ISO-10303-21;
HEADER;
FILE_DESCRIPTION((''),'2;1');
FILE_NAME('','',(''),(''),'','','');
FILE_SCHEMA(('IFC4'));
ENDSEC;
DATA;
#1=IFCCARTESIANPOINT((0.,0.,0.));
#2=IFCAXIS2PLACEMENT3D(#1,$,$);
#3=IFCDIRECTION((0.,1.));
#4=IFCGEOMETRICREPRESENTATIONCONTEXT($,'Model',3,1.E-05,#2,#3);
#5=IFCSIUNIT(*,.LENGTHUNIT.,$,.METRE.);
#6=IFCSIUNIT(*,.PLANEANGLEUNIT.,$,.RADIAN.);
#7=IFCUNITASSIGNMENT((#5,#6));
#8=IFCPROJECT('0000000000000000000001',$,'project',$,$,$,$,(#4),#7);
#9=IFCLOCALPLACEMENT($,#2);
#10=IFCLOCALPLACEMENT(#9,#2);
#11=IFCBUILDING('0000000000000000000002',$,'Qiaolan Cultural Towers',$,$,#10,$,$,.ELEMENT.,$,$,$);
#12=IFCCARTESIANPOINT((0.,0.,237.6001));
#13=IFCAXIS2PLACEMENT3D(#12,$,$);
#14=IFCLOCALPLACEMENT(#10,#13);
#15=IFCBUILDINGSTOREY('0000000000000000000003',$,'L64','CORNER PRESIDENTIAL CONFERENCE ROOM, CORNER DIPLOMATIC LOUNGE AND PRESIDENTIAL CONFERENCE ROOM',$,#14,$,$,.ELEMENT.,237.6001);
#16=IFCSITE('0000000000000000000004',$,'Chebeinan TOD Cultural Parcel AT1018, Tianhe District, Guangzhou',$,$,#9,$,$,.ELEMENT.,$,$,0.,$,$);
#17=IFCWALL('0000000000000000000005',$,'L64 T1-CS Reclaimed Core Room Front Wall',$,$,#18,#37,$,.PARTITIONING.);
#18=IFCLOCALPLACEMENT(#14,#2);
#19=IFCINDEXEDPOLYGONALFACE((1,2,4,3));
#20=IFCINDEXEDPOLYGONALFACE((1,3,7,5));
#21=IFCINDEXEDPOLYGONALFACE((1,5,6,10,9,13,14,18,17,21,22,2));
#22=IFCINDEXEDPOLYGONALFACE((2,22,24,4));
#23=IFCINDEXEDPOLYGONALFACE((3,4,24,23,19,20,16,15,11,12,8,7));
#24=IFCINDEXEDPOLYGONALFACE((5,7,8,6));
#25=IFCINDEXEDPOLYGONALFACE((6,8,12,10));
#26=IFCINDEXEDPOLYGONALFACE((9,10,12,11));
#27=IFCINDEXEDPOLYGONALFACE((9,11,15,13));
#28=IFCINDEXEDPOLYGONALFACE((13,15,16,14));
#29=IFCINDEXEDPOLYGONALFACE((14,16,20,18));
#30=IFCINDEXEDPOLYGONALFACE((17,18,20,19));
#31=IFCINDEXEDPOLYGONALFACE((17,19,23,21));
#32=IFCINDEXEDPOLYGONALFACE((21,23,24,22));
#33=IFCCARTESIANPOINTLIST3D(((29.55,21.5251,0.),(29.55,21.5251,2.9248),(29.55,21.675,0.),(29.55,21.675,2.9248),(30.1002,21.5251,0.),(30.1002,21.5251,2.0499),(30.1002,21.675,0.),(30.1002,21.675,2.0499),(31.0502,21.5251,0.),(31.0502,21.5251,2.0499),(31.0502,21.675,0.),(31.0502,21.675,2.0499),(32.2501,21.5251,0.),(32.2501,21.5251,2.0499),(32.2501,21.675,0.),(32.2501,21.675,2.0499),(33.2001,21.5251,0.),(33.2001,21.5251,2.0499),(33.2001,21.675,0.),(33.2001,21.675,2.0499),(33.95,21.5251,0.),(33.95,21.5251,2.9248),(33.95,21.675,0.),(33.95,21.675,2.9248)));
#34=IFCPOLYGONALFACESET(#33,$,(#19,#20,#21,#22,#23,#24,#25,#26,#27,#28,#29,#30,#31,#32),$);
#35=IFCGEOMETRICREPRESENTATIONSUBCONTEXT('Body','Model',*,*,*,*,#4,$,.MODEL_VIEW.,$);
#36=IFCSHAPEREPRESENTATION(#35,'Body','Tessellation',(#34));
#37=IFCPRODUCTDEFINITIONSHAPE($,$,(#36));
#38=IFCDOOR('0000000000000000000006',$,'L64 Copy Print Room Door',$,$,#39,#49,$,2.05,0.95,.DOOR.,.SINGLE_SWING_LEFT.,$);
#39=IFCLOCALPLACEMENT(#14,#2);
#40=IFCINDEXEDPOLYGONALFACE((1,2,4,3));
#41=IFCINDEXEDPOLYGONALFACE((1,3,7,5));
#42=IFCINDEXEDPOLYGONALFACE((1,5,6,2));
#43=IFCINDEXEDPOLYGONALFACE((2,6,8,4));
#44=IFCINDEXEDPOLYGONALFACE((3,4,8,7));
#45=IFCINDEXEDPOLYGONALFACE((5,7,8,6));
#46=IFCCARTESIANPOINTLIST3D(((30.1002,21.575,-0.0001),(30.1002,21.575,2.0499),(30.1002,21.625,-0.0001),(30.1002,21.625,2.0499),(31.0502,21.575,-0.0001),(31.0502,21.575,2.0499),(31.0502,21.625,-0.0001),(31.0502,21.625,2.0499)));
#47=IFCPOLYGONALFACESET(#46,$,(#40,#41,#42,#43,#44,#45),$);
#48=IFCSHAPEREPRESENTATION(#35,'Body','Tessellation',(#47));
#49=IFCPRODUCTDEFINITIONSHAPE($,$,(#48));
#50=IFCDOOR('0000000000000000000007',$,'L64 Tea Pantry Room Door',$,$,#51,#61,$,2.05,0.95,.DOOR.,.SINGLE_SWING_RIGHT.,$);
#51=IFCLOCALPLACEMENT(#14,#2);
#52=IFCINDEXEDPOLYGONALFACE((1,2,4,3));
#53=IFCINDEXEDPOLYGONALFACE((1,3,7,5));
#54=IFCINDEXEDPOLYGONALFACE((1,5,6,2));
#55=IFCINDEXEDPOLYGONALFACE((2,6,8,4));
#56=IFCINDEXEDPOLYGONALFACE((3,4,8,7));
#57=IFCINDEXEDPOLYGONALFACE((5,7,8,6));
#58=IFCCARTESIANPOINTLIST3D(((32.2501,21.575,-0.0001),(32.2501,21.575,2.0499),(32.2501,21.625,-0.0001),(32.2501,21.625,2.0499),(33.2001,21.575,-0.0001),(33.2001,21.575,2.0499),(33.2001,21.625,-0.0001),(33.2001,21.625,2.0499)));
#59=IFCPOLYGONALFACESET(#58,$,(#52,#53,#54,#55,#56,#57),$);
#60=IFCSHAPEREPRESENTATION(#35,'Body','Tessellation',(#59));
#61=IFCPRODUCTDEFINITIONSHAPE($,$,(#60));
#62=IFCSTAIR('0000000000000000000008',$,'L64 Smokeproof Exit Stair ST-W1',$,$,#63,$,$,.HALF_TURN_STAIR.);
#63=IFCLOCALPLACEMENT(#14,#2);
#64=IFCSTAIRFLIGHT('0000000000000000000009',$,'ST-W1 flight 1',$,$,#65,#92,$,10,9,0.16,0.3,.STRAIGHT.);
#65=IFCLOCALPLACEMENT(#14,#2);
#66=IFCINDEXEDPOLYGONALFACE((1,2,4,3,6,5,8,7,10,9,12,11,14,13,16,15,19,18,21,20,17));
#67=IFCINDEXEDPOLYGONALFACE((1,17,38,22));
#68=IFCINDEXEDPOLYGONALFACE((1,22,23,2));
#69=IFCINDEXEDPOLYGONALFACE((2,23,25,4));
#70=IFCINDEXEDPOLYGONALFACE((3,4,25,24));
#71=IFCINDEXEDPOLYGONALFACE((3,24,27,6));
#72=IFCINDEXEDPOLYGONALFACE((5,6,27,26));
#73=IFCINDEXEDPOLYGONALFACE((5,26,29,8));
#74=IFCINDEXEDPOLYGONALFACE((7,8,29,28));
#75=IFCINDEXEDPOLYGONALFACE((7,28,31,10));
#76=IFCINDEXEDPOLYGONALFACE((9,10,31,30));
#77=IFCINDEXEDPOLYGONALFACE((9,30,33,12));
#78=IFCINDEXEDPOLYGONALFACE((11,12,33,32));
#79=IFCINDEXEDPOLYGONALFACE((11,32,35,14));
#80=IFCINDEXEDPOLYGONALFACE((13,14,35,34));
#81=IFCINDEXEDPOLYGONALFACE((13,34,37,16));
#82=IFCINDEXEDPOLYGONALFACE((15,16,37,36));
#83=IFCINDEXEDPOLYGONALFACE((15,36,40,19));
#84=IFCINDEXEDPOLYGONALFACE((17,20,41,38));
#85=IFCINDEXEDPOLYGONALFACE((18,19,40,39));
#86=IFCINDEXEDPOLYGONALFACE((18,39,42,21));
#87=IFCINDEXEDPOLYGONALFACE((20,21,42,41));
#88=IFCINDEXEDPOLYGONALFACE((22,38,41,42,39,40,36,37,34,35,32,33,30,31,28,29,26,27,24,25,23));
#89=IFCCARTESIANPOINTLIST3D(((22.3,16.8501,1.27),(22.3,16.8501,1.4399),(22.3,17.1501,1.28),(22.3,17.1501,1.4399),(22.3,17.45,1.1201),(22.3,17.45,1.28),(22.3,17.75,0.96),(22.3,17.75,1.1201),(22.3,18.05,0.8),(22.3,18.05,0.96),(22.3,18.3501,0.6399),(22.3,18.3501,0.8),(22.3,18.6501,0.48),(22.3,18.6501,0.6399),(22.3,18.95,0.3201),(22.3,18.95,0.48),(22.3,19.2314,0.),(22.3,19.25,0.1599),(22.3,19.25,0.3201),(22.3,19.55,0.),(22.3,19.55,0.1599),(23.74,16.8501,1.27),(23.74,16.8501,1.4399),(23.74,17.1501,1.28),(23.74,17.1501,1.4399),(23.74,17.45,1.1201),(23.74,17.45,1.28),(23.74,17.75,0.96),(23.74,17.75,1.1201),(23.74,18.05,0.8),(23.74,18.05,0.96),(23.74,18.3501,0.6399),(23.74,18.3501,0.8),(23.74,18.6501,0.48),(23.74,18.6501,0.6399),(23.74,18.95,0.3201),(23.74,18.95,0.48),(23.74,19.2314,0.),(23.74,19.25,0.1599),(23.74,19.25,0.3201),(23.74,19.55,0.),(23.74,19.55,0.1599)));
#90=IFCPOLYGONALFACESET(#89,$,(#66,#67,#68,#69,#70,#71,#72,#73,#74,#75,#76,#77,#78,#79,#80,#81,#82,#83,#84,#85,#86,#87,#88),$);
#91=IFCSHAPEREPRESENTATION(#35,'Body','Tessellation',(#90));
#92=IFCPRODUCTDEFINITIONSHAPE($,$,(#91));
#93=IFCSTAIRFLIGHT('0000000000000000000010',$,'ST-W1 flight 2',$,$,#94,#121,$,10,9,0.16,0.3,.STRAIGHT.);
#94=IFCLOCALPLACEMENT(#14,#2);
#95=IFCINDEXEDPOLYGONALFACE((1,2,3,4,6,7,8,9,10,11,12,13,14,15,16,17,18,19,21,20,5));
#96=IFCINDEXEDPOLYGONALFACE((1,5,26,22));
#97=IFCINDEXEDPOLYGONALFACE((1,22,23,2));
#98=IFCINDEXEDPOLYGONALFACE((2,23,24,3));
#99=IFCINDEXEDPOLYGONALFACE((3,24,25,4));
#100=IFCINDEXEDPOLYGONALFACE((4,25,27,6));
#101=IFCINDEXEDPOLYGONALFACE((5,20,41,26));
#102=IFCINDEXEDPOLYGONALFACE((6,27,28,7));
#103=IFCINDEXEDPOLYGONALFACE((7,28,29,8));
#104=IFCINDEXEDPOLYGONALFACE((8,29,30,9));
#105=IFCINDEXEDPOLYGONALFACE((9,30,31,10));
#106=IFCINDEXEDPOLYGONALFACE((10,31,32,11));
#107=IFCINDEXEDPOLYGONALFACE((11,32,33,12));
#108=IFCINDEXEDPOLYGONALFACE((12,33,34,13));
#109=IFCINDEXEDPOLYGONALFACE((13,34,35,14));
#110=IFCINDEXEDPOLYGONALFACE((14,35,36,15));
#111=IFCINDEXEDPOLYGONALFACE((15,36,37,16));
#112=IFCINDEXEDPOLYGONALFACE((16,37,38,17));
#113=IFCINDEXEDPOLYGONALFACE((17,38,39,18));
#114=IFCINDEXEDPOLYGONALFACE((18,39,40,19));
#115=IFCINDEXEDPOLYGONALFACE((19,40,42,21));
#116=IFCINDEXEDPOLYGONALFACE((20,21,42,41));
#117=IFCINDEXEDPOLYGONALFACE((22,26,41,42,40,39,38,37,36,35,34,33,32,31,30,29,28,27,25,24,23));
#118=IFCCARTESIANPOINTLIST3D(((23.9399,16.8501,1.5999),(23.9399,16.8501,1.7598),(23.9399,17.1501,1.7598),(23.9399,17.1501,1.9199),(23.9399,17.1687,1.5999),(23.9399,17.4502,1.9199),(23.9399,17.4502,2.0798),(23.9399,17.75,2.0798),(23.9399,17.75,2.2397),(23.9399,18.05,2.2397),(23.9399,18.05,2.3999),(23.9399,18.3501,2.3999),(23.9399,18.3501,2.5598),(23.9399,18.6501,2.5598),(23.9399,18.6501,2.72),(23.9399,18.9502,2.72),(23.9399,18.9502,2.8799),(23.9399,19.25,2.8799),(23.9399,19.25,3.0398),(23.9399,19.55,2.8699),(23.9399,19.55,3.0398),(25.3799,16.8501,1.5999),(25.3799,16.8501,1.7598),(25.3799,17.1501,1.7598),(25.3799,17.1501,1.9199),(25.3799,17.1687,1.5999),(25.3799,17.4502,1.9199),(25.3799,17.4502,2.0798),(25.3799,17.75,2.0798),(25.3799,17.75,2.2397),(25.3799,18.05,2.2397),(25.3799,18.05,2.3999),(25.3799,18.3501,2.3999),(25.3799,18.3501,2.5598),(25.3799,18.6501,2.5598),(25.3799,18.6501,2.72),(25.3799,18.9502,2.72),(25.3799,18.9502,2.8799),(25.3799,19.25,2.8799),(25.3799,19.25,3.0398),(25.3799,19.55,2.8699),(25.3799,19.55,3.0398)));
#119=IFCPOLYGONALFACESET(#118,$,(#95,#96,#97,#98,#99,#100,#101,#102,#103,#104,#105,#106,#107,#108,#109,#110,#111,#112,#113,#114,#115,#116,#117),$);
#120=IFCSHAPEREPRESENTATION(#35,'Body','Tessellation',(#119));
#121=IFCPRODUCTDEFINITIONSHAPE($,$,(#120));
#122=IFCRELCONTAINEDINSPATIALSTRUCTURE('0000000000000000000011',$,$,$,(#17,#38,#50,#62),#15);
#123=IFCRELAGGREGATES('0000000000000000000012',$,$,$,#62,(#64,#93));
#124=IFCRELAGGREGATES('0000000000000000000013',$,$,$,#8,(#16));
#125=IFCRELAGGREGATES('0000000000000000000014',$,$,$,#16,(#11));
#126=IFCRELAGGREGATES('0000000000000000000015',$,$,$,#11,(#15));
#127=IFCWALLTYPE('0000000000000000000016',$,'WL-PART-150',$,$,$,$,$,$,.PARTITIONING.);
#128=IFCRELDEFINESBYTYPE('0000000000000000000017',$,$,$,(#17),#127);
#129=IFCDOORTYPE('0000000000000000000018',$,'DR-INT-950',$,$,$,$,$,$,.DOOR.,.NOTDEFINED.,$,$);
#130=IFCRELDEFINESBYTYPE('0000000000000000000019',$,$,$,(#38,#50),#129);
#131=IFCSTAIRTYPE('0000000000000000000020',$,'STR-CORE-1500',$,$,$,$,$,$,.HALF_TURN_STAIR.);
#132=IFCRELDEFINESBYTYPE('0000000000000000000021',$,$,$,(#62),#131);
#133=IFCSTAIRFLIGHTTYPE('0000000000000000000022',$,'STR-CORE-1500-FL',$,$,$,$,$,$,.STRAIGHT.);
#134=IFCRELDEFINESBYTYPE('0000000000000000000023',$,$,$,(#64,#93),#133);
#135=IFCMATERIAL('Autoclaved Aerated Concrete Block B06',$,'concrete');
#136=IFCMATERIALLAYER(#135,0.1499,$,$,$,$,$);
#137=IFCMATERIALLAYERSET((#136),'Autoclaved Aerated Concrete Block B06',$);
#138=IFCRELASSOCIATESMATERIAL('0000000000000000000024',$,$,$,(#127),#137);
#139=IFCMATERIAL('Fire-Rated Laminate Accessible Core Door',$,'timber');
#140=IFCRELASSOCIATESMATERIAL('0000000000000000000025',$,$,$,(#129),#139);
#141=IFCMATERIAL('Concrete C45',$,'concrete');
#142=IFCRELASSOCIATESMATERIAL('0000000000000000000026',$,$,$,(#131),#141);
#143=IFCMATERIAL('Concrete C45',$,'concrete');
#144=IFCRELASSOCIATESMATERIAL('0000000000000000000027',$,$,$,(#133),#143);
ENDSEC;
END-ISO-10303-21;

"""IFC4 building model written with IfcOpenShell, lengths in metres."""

from ifc_helpers import new_model, si_unit, direction, frame, frame_2d, origin, place, context, subcontext, project, spatial, polyline, rectangle, outline, extrude, material, layer, layer_set, type_object, element, fill, aggregate, save


model = new_model("IFC4")

# Units and contexts
model_context = context("Model", 3, precision=1e-05, world=origin(), true_north=direction((0.0, 1.0)))
body_context = subcontext(model_context, "Body", "Model", "MODEL_VIEW")
ifc_project = project(units=[si_unit("LENGTHUNIT", "METRE"), si_unit("PLANEANGLEUNIT", "RADIAN")], contexts=[model_context])

# Site, building, storey
site_placement = place(None, origin())
site = spatial("IfcSite", under=ifc_project, at=site_placement, Name="Chebeinan TOD Cultural Parcel AT1018, Tianhe District, Guangzhou", CompositionType="ELEMENT", RefElevation=0.0)
building_placement = place(site_placement, origin())
building = spatial("IfcBuilding", under=site, at=building_placement, Name="Qiaolan Cultural Towers", CompositionType="ELEMENT")
storey_placement = place(building_placement, frame((0.0, 0.0, 237.6001)))
storey = spatial("IfcBuildingStorey", under=building, at=storey_placement, Name="L64", Description="CORNER PRESIDENTIAL CONFERENCE ROOM, CORNER DIPLOMATIC LOUNGE AND PRESIDENTIAL CONFERENCE ROOM", CompositionType="ELEMENT", Elevation=237.6001)

# Wall, openings, doors
ifc_material_1 = material(Name="Autoclaved Aerated Concrete Block B06", Category="concrete")
ifc_layer_1 = layer(ifc_material_1, 0.1499)
ifc_layer_set_1 = layer_set([ifc_layer_1], Name="Autoclaved Aerated Concrete Block B06")
wall_type_1 = type_object("IfcWallType", Name="WL-PART-150", PredefinedType="PARTITIONING", material=ifc_layer_set_1)
wall_1_placement = place(storey_placement, frame((29.55, 21.6001, 0.0), z_axis=(0.0, 0.0, 1.0), x_axis=(1.0, 0.0, 0.0)))
wall_1 = element("IfcWall", 1, at=wall_1_placement, inside=storey, type_object=wall_type_1, Name="L64 T1-CS Reclaimed Core Room Front Wall", PredefinedType="PARTITIONING", context=body_context, shape_type="SweptSolid", body=[
    extrude(rectangle(XDim=4.3999, YDim=0.1499, at=frame_2d((2.2, 0.0))), origin(), (0.0, 0.0, 1.0), 2.9248),
])
opening_1_placement = place(wall_1_placement, frame((0.55, 0.0, 0.0)))
opening_1 = element("IfcOpeningElement", 2, at=opening_1_placement, cuts=wall_1, PredefinedType="OPENING", context=body_context, shape_type="SweptSolid", body=[
    extrude(rectangle(XDim=0.95, YDim=2.05, at=frame_2d((0.4751, 1.0249))), frame((0.0, 0.085, 0.0), z_axis=(0.0, -1.0, 0.0), x_axis=(1.0, 0.0, 0.0)), (0.0, 0.0, 1.0), 0.1699),
])
opening_2_placement = place(wall_1_placement, frame((2.7, 0.0, 0.0)))
opening_2 = element("IfcOpeningElement", 3, at=opening_2_placement, cuts=wall_1, PredefinedType="OPENING", context=body_context, shape_type="SweptSolid", body=[
    extrude(rectangle(XDim=0.95, YDim=2.05, at=frame_2d((0.4751, 1.0249))), frame((0.0, 0.085, 0.0), z_axis=(0.0, -1.0, 0.0), x_axis=(1.0, 0.0, 0.0)), (0.0, 0.0, 1.0), 0.1699),
])
ifc_material_2 = material(Name="Fire-Rated Laminate Accessible Core Door", Category="timber")
door_type_1 = type_object("IfcDoorType", Name="DR-INT-950", OperationType="NOTDEFINED", PredefinedType="DOOR", material=ifc_material_2)
door_1_placement = place(opening_1_placement, origin())
door_1 = element("IfcDoor", 4, at=door_1_placement, inside=storey, type_object=door_type_1, Name="L64 Copy Print Room Door", OperationType="SINGLE_SWING_LEFT", OverallHeight=2.05, OverallWidth=0.95, PredefinedType="DOOR", context=body_context, shape_type="SweptSolid", body=[
    extrude(rectangle(XDim=0.95, YDim=2.05, at=frame_2d((0.4751, 1.0249))), frame((0.0, 0.0249, 0.0), z_axis=(0.0, -1.0, 0.0), x_axis=(1.0, 0.0, 0.0)), (0.0, 0.0, 1.0), 0.05),
])
fill(opening_1, door_1)
door_2_placement = place(opening_2_placement, origin())
door_2 = element("IfcDoor", 5, at=door_2_placement, inside=storey, type_object=door_type_1, Name="L64 Tea Pantry Room Door", OperationType="SINGLE_SWING_RIGHT", OverallHeight=2.05, OverallWidth=0.95, PredefinedType="DOOR", context=body_context, shape_type="SweptSolid", body=[
    extrude(rectangle(XDim=0.95, YDim=2.05, at=frame_2d((0.4751, 1.0249))), frame((0.0, 0.0249, 0.0), z_axis=(0.0, -1.0, 0.0), x_axis=(1.0, 0.0, 0.0)), (0.0, 0.0, 1.0), 0.05),
])
fill(opening_2, door_2)

# Stair, stair flights
ifc_material_3 = material(Name="Concrete C45", Category="concrete")
stair_type = type_object("IfcStairType", Name="STR-CORE-1500", PredefinedType="HALF_TURN_STAIR", material=ifc_material_3)
stair_placement = place(storey_placement, origin())
stair = element("IfcStair", 6, at=stair_placement, inside=storey, type_object=stair_type, Name="L64 Smokeproof Exit Stair ST-W1", PredefinedType="HALF_TURN_STAIR")
ifc_material_4 = material(Name="Concrete C45", Category="concrete")
stair_flight_type = type_object("IfcStairFlightType", Name="STR-CORE-1500-FL", PredefinedType="STRAIGHT", material=ifc_material_4)
stair_flight_1_placement = place(storey_placement, frame((23.02, 19.55, 0.0), z_axis=(0.0, 0.0, 1.0), x_axis=(0.0, -1.0, 0.0)))
stair_flight_1 = element("IfcStairFlight", 7, at=stair_flight_1_placement, type_object=stair_flight_type, Name="ST-W1 flight 1", NumberOfRisers=10, NumberOfTreads=9, PredefinedType="STRAIGHT", RiserHeight=0.16, TreadLength=0.3, context=body_context, shape_type="SweptSolid", body=[
    extrude(outline(polyline([(0.0, 0.0), (0.0, 0.1599), (0.3, 0.1599), (0.3, 0.3201), (0.6001, 0.3201), (0.6001, 0.48), (0.8999, 0.48), (0.8999, 0.6399), (1.2, 0.6399), (1.2, 0.8), (1.5, 0.8), (1.5, 0.96), (1.8, 0.96), (1.8, 1.1201), (2.1001, 1.1201), (2.1001, 1.28), (2.3999, 1.28), (2.3999, 1.4399), (2.7, 1.4399), (2.7, 1.6001), (2.7, 1.27), (0.3186, 0.0), (0.0, 0.0)])), frame((0.0, 0.72, 0.0), z_axis=(0.0, -1.0, 0.0), x_axis=(1.0, 0.0, 0.0)), (0.0, 0.0, 1.0), 1.4399),
])
stair_flight_2_placement = place(storey_placement, frame((24.6599, 16.8501, 1.5999), z_axis=(0.0, 0.0, 1.0), x_axis=(0.0, 1.0, 0.0)))
stair_flight_2 = element("IfcStairFlight", 8, at=stair_flight_2_placement, type_object=stair_flight_type, Name="ST-W1 flight 2", NumberOfRisers=10, NumberOfTreads=9, PredefinedType="STRAIGHT", RiserHeight=0.16, TreadLength=0.3, context=body_context, shape_type="SweptSolid", body=[
    extrude(outline(polyline([(0.0, 0.0), (0.0, 0.1599), (0.3, 0.1599), (0.3, 0.3201), (0.6001, 0.3201), (0.6001, 0.48), (0.8999, 0.48), (0.8999, 0.6399), (1.2, 0.6399), (1.2, 0.8), (1.5, 0.8), (1.5, 0.96), (1.8, 0.96), (1.8, 1.1201), (2.1001, 1.1201), (2.1001, 1.28), (2.3999, 1.28), (2.3999, 1.4399), (2.7, 1.4399), (2.7, 1.6001), (2.7, 1.27), (0.3186, 0.0), (0.0, 0.0)])), frame((0.0, 0.72, 0.0), z_axis=(0.0, -1.0, 0.0), x_axis=(1.0, 0.0, 0.0)), (0.0, 0.0, 1.0), 1.4399),
])
aggregate(stair, [stair_flight_1, stair_flight_2])

save(model, "model.ifc")
